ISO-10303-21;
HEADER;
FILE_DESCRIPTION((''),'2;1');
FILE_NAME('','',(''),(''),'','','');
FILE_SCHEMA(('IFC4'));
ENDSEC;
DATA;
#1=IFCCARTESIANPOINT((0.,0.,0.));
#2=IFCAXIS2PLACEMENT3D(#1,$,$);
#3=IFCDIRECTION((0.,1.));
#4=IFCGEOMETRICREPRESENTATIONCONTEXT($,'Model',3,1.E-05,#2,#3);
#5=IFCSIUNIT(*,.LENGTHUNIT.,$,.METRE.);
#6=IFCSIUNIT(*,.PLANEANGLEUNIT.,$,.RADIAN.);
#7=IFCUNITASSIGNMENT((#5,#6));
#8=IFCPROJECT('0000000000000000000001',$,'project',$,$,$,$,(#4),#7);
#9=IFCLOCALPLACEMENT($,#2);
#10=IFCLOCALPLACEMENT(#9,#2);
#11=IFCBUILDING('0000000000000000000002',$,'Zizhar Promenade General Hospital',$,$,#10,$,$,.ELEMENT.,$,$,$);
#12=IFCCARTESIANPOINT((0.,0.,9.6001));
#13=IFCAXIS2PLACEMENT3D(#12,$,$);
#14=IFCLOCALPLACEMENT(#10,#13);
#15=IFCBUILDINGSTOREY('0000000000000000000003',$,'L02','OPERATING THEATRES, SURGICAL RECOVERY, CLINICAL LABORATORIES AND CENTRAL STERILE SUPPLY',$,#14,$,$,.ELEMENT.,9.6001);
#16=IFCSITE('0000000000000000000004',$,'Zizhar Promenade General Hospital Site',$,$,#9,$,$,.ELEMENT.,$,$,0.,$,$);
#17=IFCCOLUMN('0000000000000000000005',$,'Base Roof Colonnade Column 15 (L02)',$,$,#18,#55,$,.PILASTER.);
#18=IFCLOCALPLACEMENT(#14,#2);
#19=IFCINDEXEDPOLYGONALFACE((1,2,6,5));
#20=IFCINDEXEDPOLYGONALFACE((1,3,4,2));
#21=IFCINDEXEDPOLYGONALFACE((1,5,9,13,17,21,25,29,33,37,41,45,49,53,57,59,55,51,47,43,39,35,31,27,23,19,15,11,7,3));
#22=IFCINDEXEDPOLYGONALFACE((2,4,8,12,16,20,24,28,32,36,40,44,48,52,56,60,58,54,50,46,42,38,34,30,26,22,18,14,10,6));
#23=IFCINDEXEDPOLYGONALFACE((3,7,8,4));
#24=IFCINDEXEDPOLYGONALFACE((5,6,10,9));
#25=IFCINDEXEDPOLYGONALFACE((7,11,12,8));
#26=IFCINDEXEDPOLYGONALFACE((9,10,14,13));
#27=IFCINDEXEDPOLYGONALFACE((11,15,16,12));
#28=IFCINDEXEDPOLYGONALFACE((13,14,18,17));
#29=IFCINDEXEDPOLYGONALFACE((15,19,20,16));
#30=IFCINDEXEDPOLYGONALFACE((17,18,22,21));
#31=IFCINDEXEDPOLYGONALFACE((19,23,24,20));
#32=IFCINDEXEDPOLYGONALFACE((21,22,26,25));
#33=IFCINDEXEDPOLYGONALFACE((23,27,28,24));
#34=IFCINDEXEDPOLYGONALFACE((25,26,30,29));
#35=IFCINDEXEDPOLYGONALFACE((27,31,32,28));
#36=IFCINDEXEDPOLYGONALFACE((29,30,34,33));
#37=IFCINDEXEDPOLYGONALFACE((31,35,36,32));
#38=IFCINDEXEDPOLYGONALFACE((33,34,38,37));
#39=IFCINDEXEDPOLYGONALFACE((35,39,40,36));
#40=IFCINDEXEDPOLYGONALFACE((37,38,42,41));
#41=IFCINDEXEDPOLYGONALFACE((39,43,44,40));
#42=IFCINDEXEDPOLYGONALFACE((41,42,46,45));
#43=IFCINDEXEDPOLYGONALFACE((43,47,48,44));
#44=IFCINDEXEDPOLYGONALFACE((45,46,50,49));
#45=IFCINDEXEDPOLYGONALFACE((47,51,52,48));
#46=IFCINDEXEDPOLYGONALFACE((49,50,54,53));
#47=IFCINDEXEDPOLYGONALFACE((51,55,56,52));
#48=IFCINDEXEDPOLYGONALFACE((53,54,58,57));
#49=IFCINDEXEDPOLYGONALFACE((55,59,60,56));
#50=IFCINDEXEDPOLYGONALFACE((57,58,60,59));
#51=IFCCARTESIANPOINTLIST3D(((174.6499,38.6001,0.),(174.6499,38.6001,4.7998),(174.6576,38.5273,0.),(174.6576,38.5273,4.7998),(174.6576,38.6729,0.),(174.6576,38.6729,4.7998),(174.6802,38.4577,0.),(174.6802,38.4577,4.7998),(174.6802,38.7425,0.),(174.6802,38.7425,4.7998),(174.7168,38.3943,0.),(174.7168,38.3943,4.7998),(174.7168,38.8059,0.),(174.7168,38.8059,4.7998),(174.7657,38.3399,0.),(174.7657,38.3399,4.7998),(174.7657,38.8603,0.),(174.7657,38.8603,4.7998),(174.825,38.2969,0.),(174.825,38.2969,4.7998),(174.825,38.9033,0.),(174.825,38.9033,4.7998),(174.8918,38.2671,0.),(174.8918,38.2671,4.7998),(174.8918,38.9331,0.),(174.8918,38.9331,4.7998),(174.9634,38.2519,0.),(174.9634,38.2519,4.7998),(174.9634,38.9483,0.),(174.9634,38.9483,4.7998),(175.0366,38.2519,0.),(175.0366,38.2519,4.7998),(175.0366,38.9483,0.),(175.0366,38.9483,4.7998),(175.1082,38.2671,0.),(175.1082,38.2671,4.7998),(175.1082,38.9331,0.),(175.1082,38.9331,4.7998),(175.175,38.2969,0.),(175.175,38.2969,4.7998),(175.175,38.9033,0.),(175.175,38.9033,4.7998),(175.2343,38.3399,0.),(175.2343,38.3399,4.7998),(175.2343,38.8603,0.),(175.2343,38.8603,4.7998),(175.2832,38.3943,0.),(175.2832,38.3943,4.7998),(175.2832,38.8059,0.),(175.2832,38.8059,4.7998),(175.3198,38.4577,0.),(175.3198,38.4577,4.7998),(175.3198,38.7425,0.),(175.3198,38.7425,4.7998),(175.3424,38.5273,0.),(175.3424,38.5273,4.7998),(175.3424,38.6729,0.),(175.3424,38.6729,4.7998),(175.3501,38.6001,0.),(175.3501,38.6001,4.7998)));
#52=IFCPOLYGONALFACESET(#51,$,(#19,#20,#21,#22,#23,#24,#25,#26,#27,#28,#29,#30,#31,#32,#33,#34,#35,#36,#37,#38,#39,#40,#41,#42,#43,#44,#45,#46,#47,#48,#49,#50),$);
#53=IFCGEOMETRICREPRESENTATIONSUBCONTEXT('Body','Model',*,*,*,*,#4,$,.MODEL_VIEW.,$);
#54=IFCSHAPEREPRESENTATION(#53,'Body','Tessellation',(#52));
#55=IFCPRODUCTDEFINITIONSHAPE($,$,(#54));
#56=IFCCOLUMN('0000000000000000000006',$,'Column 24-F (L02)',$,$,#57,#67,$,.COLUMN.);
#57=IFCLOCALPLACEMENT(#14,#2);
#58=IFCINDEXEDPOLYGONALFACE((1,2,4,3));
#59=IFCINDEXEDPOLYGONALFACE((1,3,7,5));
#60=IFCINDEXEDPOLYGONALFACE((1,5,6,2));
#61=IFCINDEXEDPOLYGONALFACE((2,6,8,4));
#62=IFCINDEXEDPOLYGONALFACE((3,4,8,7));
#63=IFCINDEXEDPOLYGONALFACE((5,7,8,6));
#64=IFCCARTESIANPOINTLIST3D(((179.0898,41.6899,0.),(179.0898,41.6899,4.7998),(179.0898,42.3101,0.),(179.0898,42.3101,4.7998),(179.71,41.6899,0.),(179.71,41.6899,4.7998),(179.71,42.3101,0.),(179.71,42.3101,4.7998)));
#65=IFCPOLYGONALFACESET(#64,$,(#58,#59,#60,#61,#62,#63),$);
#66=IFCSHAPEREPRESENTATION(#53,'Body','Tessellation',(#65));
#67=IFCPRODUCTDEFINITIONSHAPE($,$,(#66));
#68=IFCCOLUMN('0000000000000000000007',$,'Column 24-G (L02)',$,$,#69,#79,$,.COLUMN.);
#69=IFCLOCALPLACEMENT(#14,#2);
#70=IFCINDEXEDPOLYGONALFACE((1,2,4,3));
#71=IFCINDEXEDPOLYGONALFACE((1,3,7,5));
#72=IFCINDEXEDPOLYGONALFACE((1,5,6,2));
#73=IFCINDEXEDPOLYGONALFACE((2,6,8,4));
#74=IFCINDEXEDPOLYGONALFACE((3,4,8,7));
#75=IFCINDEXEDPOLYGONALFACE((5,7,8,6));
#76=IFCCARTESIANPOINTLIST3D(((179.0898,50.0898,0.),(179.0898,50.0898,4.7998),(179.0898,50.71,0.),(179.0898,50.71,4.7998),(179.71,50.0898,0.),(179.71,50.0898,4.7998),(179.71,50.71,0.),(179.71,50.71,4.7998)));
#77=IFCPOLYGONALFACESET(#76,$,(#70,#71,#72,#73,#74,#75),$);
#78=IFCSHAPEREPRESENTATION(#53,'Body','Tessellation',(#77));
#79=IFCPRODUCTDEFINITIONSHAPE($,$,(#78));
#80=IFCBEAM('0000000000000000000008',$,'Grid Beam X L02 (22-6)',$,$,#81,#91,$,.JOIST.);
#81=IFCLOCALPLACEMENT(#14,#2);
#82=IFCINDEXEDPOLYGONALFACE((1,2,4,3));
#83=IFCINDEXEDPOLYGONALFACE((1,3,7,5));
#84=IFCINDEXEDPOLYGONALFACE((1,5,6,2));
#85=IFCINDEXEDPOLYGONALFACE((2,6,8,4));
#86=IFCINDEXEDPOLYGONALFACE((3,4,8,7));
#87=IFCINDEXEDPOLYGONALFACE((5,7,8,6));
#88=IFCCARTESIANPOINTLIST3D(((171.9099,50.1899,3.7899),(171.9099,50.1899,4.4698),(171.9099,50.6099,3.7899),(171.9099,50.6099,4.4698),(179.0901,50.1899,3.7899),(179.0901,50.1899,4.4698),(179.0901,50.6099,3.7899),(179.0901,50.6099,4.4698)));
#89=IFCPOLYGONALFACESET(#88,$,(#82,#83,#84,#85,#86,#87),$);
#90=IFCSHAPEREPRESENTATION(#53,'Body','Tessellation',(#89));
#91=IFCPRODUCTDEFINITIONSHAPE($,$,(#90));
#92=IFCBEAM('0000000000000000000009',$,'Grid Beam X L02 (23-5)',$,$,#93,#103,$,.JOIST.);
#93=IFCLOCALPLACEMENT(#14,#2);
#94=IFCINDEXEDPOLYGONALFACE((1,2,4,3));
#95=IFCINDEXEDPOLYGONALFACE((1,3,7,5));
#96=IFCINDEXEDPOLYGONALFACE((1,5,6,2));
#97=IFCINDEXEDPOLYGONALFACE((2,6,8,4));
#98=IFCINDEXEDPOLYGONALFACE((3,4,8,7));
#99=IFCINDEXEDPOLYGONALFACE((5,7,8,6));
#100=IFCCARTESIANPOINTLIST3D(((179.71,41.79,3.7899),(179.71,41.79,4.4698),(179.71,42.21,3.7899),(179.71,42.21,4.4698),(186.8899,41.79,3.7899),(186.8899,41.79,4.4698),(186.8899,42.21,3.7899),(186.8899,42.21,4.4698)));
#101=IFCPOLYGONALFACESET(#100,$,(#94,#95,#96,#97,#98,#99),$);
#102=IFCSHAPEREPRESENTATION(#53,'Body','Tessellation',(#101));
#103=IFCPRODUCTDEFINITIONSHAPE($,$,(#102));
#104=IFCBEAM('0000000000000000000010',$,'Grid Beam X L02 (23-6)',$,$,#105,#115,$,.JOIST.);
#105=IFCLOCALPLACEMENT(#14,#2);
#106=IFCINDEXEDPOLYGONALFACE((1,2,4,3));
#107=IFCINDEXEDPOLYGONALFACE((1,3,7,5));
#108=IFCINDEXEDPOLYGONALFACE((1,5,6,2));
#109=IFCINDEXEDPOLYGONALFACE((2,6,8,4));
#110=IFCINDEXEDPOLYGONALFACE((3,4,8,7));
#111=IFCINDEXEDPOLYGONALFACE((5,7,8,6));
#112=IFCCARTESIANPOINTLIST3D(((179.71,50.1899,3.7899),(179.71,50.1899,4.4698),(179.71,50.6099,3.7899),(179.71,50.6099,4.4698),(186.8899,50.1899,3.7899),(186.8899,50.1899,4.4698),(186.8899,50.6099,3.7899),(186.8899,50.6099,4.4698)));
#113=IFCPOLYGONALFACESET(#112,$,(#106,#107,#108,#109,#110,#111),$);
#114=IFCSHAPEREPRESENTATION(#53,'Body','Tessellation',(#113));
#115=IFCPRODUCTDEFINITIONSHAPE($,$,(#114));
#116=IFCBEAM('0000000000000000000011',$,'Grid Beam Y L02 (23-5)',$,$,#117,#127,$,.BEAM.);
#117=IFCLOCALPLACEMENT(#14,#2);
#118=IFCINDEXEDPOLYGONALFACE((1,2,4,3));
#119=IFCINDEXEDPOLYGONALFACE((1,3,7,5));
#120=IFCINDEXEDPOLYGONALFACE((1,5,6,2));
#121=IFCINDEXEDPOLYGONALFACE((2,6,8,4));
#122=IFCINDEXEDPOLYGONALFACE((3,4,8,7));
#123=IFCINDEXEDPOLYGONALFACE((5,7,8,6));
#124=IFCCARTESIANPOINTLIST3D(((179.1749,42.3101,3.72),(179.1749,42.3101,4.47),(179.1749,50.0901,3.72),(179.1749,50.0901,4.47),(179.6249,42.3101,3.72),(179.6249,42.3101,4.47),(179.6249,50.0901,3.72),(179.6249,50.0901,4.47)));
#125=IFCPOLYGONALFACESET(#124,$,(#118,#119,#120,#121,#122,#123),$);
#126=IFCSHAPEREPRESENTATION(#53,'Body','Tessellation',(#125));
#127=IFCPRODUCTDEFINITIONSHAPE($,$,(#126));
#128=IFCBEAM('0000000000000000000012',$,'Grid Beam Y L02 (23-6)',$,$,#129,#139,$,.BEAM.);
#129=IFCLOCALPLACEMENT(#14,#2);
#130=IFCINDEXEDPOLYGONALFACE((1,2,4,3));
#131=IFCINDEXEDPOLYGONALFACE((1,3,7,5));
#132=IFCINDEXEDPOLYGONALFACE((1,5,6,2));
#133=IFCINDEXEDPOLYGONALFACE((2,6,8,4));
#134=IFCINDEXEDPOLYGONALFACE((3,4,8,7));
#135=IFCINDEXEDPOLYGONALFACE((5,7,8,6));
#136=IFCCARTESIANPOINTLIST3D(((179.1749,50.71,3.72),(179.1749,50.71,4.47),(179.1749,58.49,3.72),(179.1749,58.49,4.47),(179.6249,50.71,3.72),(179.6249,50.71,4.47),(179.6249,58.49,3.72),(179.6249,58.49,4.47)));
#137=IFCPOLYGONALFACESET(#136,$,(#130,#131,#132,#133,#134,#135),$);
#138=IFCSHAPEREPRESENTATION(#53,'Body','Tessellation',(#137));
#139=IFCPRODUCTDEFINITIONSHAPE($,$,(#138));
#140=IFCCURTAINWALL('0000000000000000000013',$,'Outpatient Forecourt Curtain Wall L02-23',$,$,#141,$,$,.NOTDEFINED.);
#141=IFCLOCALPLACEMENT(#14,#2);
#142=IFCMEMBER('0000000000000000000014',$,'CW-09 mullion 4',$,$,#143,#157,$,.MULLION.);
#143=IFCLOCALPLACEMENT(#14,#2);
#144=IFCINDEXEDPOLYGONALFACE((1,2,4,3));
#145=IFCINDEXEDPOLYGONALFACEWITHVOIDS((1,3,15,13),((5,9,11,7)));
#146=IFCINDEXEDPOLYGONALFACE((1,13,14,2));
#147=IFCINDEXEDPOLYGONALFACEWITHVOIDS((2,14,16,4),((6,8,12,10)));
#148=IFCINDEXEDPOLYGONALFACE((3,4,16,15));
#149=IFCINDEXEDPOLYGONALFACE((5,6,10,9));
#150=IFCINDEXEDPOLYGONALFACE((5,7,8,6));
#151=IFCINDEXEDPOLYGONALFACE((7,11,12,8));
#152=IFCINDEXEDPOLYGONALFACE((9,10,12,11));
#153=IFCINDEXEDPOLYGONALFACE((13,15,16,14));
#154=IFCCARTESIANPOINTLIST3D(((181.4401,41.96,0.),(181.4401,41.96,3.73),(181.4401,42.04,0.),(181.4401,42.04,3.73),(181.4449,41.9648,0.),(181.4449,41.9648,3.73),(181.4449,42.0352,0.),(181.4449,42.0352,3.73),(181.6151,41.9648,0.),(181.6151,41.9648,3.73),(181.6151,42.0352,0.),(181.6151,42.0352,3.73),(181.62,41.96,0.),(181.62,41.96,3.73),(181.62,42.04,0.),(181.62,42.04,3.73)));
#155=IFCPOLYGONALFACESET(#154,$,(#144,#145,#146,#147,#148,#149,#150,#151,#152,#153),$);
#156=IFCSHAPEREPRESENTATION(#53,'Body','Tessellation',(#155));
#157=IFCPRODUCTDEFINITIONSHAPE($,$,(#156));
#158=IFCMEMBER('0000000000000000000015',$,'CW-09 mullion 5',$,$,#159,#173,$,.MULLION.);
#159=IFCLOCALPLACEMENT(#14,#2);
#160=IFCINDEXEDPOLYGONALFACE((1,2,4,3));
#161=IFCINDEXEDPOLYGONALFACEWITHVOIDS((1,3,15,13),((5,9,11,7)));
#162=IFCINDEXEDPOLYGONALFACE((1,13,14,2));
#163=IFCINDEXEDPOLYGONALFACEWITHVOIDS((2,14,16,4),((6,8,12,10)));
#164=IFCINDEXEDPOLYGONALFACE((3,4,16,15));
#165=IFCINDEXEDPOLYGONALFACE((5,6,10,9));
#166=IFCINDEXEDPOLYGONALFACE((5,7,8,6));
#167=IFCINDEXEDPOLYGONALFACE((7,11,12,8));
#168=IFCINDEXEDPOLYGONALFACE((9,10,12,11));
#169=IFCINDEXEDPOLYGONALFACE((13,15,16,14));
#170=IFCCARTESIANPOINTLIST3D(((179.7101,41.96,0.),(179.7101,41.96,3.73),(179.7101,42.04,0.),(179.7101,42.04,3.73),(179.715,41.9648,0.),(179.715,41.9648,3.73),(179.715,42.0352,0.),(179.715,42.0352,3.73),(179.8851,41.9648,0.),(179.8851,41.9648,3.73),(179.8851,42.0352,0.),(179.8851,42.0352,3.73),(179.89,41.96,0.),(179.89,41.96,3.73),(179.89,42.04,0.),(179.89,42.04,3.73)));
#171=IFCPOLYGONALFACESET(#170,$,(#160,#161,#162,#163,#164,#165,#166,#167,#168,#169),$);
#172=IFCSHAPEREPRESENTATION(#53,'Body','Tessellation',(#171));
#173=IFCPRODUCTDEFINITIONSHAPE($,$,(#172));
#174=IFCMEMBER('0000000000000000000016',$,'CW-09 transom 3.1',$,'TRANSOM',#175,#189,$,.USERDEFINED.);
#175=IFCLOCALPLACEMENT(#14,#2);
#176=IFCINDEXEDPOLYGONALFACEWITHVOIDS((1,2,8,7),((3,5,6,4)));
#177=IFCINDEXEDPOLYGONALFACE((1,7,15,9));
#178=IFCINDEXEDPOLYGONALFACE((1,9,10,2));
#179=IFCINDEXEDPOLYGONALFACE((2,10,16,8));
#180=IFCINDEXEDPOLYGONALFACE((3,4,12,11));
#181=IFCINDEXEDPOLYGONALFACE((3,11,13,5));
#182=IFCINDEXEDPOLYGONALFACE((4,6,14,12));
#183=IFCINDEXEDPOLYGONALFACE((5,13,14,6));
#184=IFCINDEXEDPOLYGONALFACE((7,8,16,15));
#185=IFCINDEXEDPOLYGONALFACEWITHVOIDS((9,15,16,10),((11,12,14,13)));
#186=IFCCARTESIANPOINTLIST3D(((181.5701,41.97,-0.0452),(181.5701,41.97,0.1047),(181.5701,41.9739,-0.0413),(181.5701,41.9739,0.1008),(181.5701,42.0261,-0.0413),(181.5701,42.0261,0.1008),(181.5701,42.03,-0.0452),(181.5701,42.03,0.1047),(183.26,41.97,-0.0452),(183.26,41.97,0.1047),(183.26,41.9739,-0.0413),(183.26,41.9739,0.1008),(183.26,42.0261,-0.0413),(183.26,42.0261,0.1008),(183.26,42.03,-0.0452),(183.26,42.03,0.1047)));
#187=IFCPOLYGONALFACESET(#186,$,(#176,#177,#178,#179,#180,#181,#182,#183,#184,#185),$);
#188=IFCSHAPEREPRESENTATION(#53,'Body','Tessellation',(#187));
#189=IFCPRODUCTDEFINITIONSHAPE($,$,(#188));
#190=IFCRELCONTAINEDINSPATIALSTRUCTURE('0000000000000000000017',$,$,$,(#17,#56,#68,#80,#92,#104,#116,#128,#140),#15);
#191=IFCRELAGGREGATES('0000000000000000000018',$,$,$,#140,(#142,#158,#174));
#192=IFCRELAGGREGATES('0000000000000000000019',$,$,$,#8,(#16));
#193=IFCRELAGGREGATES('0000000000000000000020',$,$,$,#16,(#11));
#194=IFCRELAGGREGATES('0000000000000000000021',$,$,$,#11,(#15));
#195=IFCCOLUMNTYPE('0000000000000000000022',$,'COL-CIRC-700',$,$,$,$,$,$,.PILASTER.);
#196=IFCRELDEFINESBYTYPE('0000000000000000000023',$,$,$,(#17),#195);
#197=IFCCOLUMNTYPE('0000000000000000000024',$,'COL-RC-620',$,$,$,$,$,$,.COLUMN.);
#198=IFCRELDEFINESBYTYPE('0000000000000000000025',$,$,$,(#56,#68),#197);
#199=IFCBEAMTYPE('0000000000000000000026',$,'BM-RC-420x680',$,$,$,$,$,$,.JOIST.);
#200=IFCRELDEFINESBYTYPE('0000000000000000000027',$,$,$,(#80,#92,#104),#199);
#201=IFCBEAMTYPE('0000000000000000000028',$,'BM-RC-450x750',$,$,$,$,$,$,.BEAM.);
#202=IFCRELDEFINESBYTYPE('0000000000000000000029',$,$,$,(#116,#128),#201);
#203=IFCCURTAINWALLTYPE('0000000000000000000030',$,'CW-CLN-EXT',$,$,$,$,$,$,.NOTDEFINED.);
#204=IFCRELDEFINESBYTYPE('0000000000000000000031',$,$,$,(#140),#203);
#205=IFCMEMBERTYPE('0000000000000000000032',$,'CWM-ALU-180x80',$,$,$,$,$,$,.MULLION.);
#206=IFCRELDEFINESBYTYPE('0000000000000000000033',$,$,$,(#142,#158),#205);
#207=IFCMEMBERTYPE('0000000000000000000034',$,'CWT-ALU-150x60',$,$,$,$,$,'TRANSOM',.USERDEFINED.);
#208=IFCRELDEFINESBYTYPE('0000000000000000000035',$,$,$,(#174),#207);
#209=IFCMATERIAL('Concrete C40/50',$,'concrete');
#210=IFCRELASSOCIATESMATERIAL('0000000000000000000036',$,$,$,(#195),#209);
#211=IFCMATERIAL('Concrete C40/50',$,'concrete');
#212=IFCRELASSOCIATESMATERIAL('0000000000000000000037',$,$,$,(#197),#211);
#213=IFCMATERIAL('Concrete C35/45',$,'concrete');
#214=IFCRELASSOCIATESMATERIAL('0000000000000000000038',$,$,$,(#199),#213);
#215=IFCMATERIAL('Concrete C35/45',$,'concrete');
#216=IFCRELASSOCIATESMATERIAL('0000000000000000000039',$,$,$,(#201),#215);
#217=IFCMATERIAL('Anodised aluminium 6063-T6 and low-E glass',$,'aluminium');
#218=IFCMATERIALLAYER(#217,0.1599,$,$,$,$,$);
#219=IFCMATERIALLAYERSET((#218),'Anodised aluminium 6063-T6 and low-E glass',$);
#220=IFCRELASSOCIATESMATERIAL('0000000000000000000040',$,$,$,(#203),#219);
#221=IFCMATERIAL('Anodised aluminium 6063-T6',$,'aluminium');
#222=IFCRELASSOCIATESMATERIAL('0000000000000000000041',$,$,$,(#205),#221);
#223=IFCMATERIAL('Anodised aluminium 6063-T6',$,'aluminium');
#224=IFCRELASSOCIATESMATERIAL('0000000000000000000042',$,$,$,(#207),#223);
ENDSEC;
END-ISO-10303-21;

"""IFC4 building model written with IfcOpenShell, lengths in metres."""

from ifc_helpers import new_model, si_unit, direction, frame, origin, origin_2d, place, context, subcontext, project, spatial, rectangle, hollow_rectangle, circle, extrude, material, layer, layer_set, material_profile, profile_set, type_object, element, aggregate, save


model = new_model("IFC4")

# Units and contexts
model_context = context("Model", 3, precision=1e-05, world=origin(), true_north=direction((0.0, 1.0)))
body_context = subcontext(model_context, "Body", "Model", "MODEL_VIEW")
ifc_project = project(units=[si_unit("LENGTHUNIT", "METRE"), si_unit("PLANEANGLEUNIT", "RADIAN")], contexts=[model_context])

# Site, building, storey
site_placement = place(None, origin())
site = spatial("IfcSite", under=ifc_project, at=site_placement, Name="Zizhar Promenade General Hospital Site", CompositionType="ELEMENT", RefElevation=0.0)
building_placement = place(site_placement, origin())
building = spatial("IfcBuilding", under=site, at=building_placement, Name="Zizhar Promenade General Hospital", CompositionType="ELEMENT")
storey_placement = place(building_placement, frame((0.0, 0.0, 9.6001)))
storey = spatial("IfcBuildingStorey", under=building, at=storey_placement, Name="L02", Description="OPERATING THEATRES, SURGICAL RECOVERY, CLINICAL LABORATORIES AND CENTRAL STERILE SUPPLY", CompositionType="ELEMENT", Elevation=9.6001)

# Columns
ifc_material_1 = material(Name="Concrete C40/50", Category="concrete")
ifc_material_profile_1 = material_profile(ifc_material_1, circle(Radius=0.3501, at=origin_2d()))
ifc_profile_set_1 = profile_set([ifc_material_profile_1], Name="Concrete C40/50")
column_type_1 = type_object("IfcColumnType", Name="COL-CIRC-700", PredefinedType="PILASTER", material=ifc_profile_set_1)
column_placement = place(storey_placement, frame((175.0, 38.6001, 0.0), z_axis=(0.0, 0.0, 1.0), x_axis=(1.0, 0.0, 0.0)))
element("IfcColumn", 1, at=column_placement, inside=storey, type_object=column_type_1, Name="Base Roof Colonnade Column 15 (L02)", PredefinedType="PILASTER", context=body_context, shape_type="SweptSolid", body=[
    extrude(circle(Radius=0.3501, at=origin_2d()), origin(), (0.0, 0.0, 1.0), 4.7998),
])
ifc_material_2 = material(Name="Concrete C40/50", Category="concrete")
ifc_material_profile_2 = material_profile(ifc_material_2, rectangle(XDim=0.6201, YDim=0.6201, at=origin_2d()))
ifc_profile_set_2 = profile_set([ifc_material_profile_2], Name="Concrete C40/50")
column_type_2 = type_object("IfcColumnType", Name="COL-RC-620", PredefinedType="COLUMN", material=ifc_profile_set_2)
for number, where, z_axis, x_axis, name in (
    (2, (179.3999, 42.0, 0.0), (0.0, 0.0, 1.0), (1.0, 0.0, 0.0), "Column 24-F (L02)"),
    (3, (179.3999, 50.3999, 0.0), (0.0, 0.0, 1.0), (1.0, 0.0, 0.0), "Column 24-G (L02)"),
):
    element("IfcColumn", number, at=place(storey_placement, frame(where, z_axis=z_axis, x_axis=x_axis)), inside=storey, type_object=column_type_2, Name=name, PredefinedType="COLUMN", context=body_context, shape_type="SweptSolid", body=[
        extrude(rectangle(XDim=0.6201, YDim=0.6201, at=origin_2d()), origin(), (0.0, 0.0, 1.0), 4.7998),
    ])

# Beams
ifc_material_3 = material(Name="Concrete C35/45", Category="concrete")
ifc_material_profile_3 = material_profile(ifc_material_3, rectangle(XDim=0.4199, YDim=0.6799, at=origin_2d()))
ifc_profile_set_3 = profile_set([ifc_material_profile_3], Name="Concrete C35/45")
beam_type_1 = type_object("IfcBeamType", Name="BM-RC-420x680", PredefinedType="JOIST", material=ifc_profile_set_3)
beam_placement = place(storey_placement, frame((171.9099, 50.3999, 4.1299), z_axis=(1.0, 0.0, 0.0), x_axis=(0.0, 1.0, 0.0)))
element("IfcBeam", 4, at=beam_placement, inside=storey, type_object=beam_type_1, Name="Grid Beam X L02 (22-6)", PredefinedType="JOIST", context=body_context, shape_type="SweptSolid", body=[
    extrude(rectangle(XDim=0.4199, YDim=0.6799, at=origin_2d()), origin(), (0.0, 0.0, 1.0), 7.1802),
])
for number, where, z_axis, x_axis, name in (
    (5, (179.71, 42.0, 4.1299), (1.0, 0.0, 0.0), (0.0, 1.0, 0.0), "Grid Beam X L02 (23-5)"),
    (6, (179.71, 50.3999, 4.1299), (1.0, 0.0, 0.0), (0.0, 1.0, 0.0), "Grid Beam X L02 (23-6)"),
):
    element("IfcBeam", number, at=place(storey_placement, frame(where, z_axis=z_axis, x_axis=x_axis)), inside=storey, type_object=beam_type_1, Name=name, PredefinedType="JOIST", context=body_context, shape_type="SweptSolid", body=[
        extrude(rectangle(XDim=0.4199, YDim=0.6799, at=origin_2d()), origin(), (0.0, 0.0, 1.0), 7.1799),
    ])
ifc_material_4 = material(Name="Concrete C35/45", Category="concrete")
ifc_material_profile_4 = material_profile(ifc_material_4, rectangle(XDim=0.45, YDim=0.75, at=origin_2d()))
ifc_profile_set_4 = profile_set([ifc_material_profile_4], Name="Concrete C35/45")
beam_type_2 = type_object("IfcBeamType", Name="BM-RC-450x750", PredefinedType="BEAM", material=ifc_profile_set_4)
for number, where, z_axis, x_axis, name in (
    (7, (179.3999, 42.3101, 4.095), (0.0, 1.0, 0.0), (-1.0, 0.0, 0.0), "Grid Beam Y L02 (23-5)"),
    (8, (179.3999, 50.71, 4.095), (0.0, 1.0, 0.0), (-1.0, 0.0, 0.0), "Grid Beam Y L02 (23-6)"),
):
    element("IfcBeam", number, at=place(storey_placement, frame(where, z_axis=z_axis, x_axis=x_axis)), inside=storey, type_object=beam_type_2, Name=name, PredefinedType="BEAM", context=body_context, shape_type="SweptSolid", body=[
        extrude(rectangle(XDim=0.45, YDim=0.75, at=origin_2d()), origin(), (0.0, 0.0, 1.0), 7.78),
    ])

# Curtain wall, members
ifc_material_5 = material(Name="Anodised aluminium 6063-T6 and low-E glass", Category="aluminium")
ifc_layer_1 = layer(ifc_material_5, 0.1599)
ifc_layer_set_1 = layer_set([ifc_layer_1], Name="Anodised aluminium 6063-T6 and low-E glass")
curtain_wall_type = type_object("IfcCurtainWallType", Name="CW-CLN-EXT", PredefinedType="NOTDEFINED", material=ifc_layer_set_1)
curtain_wall_placement = place(storey_placement, origin())
curtain_wall = element("IfcCurtainWall", 9, at=curtain_wall_placement, inside=storey, type_object=curtain_wall_type, Name="Outpatient Forecourt Curtain Wall L02-23", PredefinedType="NOTDEFINED")
ifc_material_6 = material(Name="Anodised aluminium 6063-T6", Category="aluminium")
ifc_material_profile_5 = material_profile(ifc_material_6, hollow_rectangle(XDim=0.0801, YDim=0.1799, WallThickness=0.0049, at=origin_2d()))
ifc_profile_set_5 = profile_set([ifc_material_profile_5], Name="Anodised aluminium 6063-T6")
member_type_1 = type_object("IfcMemberType", Name="CWM-ALU-180x80", PredefinedType="MULLION", material=ifc_profile_set_5)
member_1_placement = place(storey_placement, frame((181.53, 42.0, 0.0), z_axis=(0.0, 0.0, 1.0), x_axis=(0.0, -1.0, 0.0)))
member_1 = element("IfcMember", 10, at=member_1_placement, type_object=member_type_1, Name="CW-09 mullion 4", PredefinedType="MULLION", context=body_context, shape_type="SweptSolid", body=[
    extrude(hollow_rectangle(XDim=0.0801, YDim=0.1799, WallThickness=0.0049, at=origin_2d()), origin(), (0.0, 0.0, 1.0), 3.73),
])
member_2_placement = place(storey_placement, frame((179.8, 42.0, 0.0), z_axis=(0.0, 0.0, 1.0), x_axis=(0.0, -1.0, 0.0)))
member_2 = element("IfcMember", 11, at=member_2_placement, type_object=member_type_1, Name="CW-09 mullion 5", PredefinedType="MULLION", context=body_context, shape_type="SweptSolid", body=[
    extrude(hollow_rectangle(XDim=0.0801, YDim=0.1799, WallThickness=0.0049, at=origin_2d()), origin(), (0.0, 0.0, 1.0), 3.73),
])
ifc_material_7 = material(Name="Anodised aluminium 6063-T6", Category="aluminium")
ifc_material_profile_6 = material_profile(ifc_material_7, hollow_rectangle(XDim=0.0601, YDim=0.1499, WallThickness=0.0039, at=origin_2d()))
ifc_profile_set_6 = profile_set([ifc_material_profile_6], Name="Anodised aluminium 6063-T6")
member_type_2 = type_object("IfcMemberType", Name="CWT-ALU-150x60", ElementType="TRANSOM", PredefinedType="USERDEFINED", material=ifc_profile_set_6)
member_3_placement = place(storey_placement, frame((183.26, 42.0, 0.0298), z_axis=(-1.0, 0.0, 0.0), x_axis=(0.0, -1.0, 0.0)))
member_3 = element("IfcMember", 12, at=member_3_placement, type_object=member_type_2, Name="CW-09 transom 3.1", ObjectType="TRANSOM", PredefinedType="USERDEFINED", context=body_context, shape_type="SweptSolid", body=[
    extrude(hollow_rectangle(XDim=0.0601, YDim=0.1499, WallThickness=0.0039, at=origin_2d()), origin(), (0.0, 0.0, 1.0), 1.6899),
])
aggregate(curtain_wall, [member_1, member_2, member_3])

save(model, "model.ifc")
